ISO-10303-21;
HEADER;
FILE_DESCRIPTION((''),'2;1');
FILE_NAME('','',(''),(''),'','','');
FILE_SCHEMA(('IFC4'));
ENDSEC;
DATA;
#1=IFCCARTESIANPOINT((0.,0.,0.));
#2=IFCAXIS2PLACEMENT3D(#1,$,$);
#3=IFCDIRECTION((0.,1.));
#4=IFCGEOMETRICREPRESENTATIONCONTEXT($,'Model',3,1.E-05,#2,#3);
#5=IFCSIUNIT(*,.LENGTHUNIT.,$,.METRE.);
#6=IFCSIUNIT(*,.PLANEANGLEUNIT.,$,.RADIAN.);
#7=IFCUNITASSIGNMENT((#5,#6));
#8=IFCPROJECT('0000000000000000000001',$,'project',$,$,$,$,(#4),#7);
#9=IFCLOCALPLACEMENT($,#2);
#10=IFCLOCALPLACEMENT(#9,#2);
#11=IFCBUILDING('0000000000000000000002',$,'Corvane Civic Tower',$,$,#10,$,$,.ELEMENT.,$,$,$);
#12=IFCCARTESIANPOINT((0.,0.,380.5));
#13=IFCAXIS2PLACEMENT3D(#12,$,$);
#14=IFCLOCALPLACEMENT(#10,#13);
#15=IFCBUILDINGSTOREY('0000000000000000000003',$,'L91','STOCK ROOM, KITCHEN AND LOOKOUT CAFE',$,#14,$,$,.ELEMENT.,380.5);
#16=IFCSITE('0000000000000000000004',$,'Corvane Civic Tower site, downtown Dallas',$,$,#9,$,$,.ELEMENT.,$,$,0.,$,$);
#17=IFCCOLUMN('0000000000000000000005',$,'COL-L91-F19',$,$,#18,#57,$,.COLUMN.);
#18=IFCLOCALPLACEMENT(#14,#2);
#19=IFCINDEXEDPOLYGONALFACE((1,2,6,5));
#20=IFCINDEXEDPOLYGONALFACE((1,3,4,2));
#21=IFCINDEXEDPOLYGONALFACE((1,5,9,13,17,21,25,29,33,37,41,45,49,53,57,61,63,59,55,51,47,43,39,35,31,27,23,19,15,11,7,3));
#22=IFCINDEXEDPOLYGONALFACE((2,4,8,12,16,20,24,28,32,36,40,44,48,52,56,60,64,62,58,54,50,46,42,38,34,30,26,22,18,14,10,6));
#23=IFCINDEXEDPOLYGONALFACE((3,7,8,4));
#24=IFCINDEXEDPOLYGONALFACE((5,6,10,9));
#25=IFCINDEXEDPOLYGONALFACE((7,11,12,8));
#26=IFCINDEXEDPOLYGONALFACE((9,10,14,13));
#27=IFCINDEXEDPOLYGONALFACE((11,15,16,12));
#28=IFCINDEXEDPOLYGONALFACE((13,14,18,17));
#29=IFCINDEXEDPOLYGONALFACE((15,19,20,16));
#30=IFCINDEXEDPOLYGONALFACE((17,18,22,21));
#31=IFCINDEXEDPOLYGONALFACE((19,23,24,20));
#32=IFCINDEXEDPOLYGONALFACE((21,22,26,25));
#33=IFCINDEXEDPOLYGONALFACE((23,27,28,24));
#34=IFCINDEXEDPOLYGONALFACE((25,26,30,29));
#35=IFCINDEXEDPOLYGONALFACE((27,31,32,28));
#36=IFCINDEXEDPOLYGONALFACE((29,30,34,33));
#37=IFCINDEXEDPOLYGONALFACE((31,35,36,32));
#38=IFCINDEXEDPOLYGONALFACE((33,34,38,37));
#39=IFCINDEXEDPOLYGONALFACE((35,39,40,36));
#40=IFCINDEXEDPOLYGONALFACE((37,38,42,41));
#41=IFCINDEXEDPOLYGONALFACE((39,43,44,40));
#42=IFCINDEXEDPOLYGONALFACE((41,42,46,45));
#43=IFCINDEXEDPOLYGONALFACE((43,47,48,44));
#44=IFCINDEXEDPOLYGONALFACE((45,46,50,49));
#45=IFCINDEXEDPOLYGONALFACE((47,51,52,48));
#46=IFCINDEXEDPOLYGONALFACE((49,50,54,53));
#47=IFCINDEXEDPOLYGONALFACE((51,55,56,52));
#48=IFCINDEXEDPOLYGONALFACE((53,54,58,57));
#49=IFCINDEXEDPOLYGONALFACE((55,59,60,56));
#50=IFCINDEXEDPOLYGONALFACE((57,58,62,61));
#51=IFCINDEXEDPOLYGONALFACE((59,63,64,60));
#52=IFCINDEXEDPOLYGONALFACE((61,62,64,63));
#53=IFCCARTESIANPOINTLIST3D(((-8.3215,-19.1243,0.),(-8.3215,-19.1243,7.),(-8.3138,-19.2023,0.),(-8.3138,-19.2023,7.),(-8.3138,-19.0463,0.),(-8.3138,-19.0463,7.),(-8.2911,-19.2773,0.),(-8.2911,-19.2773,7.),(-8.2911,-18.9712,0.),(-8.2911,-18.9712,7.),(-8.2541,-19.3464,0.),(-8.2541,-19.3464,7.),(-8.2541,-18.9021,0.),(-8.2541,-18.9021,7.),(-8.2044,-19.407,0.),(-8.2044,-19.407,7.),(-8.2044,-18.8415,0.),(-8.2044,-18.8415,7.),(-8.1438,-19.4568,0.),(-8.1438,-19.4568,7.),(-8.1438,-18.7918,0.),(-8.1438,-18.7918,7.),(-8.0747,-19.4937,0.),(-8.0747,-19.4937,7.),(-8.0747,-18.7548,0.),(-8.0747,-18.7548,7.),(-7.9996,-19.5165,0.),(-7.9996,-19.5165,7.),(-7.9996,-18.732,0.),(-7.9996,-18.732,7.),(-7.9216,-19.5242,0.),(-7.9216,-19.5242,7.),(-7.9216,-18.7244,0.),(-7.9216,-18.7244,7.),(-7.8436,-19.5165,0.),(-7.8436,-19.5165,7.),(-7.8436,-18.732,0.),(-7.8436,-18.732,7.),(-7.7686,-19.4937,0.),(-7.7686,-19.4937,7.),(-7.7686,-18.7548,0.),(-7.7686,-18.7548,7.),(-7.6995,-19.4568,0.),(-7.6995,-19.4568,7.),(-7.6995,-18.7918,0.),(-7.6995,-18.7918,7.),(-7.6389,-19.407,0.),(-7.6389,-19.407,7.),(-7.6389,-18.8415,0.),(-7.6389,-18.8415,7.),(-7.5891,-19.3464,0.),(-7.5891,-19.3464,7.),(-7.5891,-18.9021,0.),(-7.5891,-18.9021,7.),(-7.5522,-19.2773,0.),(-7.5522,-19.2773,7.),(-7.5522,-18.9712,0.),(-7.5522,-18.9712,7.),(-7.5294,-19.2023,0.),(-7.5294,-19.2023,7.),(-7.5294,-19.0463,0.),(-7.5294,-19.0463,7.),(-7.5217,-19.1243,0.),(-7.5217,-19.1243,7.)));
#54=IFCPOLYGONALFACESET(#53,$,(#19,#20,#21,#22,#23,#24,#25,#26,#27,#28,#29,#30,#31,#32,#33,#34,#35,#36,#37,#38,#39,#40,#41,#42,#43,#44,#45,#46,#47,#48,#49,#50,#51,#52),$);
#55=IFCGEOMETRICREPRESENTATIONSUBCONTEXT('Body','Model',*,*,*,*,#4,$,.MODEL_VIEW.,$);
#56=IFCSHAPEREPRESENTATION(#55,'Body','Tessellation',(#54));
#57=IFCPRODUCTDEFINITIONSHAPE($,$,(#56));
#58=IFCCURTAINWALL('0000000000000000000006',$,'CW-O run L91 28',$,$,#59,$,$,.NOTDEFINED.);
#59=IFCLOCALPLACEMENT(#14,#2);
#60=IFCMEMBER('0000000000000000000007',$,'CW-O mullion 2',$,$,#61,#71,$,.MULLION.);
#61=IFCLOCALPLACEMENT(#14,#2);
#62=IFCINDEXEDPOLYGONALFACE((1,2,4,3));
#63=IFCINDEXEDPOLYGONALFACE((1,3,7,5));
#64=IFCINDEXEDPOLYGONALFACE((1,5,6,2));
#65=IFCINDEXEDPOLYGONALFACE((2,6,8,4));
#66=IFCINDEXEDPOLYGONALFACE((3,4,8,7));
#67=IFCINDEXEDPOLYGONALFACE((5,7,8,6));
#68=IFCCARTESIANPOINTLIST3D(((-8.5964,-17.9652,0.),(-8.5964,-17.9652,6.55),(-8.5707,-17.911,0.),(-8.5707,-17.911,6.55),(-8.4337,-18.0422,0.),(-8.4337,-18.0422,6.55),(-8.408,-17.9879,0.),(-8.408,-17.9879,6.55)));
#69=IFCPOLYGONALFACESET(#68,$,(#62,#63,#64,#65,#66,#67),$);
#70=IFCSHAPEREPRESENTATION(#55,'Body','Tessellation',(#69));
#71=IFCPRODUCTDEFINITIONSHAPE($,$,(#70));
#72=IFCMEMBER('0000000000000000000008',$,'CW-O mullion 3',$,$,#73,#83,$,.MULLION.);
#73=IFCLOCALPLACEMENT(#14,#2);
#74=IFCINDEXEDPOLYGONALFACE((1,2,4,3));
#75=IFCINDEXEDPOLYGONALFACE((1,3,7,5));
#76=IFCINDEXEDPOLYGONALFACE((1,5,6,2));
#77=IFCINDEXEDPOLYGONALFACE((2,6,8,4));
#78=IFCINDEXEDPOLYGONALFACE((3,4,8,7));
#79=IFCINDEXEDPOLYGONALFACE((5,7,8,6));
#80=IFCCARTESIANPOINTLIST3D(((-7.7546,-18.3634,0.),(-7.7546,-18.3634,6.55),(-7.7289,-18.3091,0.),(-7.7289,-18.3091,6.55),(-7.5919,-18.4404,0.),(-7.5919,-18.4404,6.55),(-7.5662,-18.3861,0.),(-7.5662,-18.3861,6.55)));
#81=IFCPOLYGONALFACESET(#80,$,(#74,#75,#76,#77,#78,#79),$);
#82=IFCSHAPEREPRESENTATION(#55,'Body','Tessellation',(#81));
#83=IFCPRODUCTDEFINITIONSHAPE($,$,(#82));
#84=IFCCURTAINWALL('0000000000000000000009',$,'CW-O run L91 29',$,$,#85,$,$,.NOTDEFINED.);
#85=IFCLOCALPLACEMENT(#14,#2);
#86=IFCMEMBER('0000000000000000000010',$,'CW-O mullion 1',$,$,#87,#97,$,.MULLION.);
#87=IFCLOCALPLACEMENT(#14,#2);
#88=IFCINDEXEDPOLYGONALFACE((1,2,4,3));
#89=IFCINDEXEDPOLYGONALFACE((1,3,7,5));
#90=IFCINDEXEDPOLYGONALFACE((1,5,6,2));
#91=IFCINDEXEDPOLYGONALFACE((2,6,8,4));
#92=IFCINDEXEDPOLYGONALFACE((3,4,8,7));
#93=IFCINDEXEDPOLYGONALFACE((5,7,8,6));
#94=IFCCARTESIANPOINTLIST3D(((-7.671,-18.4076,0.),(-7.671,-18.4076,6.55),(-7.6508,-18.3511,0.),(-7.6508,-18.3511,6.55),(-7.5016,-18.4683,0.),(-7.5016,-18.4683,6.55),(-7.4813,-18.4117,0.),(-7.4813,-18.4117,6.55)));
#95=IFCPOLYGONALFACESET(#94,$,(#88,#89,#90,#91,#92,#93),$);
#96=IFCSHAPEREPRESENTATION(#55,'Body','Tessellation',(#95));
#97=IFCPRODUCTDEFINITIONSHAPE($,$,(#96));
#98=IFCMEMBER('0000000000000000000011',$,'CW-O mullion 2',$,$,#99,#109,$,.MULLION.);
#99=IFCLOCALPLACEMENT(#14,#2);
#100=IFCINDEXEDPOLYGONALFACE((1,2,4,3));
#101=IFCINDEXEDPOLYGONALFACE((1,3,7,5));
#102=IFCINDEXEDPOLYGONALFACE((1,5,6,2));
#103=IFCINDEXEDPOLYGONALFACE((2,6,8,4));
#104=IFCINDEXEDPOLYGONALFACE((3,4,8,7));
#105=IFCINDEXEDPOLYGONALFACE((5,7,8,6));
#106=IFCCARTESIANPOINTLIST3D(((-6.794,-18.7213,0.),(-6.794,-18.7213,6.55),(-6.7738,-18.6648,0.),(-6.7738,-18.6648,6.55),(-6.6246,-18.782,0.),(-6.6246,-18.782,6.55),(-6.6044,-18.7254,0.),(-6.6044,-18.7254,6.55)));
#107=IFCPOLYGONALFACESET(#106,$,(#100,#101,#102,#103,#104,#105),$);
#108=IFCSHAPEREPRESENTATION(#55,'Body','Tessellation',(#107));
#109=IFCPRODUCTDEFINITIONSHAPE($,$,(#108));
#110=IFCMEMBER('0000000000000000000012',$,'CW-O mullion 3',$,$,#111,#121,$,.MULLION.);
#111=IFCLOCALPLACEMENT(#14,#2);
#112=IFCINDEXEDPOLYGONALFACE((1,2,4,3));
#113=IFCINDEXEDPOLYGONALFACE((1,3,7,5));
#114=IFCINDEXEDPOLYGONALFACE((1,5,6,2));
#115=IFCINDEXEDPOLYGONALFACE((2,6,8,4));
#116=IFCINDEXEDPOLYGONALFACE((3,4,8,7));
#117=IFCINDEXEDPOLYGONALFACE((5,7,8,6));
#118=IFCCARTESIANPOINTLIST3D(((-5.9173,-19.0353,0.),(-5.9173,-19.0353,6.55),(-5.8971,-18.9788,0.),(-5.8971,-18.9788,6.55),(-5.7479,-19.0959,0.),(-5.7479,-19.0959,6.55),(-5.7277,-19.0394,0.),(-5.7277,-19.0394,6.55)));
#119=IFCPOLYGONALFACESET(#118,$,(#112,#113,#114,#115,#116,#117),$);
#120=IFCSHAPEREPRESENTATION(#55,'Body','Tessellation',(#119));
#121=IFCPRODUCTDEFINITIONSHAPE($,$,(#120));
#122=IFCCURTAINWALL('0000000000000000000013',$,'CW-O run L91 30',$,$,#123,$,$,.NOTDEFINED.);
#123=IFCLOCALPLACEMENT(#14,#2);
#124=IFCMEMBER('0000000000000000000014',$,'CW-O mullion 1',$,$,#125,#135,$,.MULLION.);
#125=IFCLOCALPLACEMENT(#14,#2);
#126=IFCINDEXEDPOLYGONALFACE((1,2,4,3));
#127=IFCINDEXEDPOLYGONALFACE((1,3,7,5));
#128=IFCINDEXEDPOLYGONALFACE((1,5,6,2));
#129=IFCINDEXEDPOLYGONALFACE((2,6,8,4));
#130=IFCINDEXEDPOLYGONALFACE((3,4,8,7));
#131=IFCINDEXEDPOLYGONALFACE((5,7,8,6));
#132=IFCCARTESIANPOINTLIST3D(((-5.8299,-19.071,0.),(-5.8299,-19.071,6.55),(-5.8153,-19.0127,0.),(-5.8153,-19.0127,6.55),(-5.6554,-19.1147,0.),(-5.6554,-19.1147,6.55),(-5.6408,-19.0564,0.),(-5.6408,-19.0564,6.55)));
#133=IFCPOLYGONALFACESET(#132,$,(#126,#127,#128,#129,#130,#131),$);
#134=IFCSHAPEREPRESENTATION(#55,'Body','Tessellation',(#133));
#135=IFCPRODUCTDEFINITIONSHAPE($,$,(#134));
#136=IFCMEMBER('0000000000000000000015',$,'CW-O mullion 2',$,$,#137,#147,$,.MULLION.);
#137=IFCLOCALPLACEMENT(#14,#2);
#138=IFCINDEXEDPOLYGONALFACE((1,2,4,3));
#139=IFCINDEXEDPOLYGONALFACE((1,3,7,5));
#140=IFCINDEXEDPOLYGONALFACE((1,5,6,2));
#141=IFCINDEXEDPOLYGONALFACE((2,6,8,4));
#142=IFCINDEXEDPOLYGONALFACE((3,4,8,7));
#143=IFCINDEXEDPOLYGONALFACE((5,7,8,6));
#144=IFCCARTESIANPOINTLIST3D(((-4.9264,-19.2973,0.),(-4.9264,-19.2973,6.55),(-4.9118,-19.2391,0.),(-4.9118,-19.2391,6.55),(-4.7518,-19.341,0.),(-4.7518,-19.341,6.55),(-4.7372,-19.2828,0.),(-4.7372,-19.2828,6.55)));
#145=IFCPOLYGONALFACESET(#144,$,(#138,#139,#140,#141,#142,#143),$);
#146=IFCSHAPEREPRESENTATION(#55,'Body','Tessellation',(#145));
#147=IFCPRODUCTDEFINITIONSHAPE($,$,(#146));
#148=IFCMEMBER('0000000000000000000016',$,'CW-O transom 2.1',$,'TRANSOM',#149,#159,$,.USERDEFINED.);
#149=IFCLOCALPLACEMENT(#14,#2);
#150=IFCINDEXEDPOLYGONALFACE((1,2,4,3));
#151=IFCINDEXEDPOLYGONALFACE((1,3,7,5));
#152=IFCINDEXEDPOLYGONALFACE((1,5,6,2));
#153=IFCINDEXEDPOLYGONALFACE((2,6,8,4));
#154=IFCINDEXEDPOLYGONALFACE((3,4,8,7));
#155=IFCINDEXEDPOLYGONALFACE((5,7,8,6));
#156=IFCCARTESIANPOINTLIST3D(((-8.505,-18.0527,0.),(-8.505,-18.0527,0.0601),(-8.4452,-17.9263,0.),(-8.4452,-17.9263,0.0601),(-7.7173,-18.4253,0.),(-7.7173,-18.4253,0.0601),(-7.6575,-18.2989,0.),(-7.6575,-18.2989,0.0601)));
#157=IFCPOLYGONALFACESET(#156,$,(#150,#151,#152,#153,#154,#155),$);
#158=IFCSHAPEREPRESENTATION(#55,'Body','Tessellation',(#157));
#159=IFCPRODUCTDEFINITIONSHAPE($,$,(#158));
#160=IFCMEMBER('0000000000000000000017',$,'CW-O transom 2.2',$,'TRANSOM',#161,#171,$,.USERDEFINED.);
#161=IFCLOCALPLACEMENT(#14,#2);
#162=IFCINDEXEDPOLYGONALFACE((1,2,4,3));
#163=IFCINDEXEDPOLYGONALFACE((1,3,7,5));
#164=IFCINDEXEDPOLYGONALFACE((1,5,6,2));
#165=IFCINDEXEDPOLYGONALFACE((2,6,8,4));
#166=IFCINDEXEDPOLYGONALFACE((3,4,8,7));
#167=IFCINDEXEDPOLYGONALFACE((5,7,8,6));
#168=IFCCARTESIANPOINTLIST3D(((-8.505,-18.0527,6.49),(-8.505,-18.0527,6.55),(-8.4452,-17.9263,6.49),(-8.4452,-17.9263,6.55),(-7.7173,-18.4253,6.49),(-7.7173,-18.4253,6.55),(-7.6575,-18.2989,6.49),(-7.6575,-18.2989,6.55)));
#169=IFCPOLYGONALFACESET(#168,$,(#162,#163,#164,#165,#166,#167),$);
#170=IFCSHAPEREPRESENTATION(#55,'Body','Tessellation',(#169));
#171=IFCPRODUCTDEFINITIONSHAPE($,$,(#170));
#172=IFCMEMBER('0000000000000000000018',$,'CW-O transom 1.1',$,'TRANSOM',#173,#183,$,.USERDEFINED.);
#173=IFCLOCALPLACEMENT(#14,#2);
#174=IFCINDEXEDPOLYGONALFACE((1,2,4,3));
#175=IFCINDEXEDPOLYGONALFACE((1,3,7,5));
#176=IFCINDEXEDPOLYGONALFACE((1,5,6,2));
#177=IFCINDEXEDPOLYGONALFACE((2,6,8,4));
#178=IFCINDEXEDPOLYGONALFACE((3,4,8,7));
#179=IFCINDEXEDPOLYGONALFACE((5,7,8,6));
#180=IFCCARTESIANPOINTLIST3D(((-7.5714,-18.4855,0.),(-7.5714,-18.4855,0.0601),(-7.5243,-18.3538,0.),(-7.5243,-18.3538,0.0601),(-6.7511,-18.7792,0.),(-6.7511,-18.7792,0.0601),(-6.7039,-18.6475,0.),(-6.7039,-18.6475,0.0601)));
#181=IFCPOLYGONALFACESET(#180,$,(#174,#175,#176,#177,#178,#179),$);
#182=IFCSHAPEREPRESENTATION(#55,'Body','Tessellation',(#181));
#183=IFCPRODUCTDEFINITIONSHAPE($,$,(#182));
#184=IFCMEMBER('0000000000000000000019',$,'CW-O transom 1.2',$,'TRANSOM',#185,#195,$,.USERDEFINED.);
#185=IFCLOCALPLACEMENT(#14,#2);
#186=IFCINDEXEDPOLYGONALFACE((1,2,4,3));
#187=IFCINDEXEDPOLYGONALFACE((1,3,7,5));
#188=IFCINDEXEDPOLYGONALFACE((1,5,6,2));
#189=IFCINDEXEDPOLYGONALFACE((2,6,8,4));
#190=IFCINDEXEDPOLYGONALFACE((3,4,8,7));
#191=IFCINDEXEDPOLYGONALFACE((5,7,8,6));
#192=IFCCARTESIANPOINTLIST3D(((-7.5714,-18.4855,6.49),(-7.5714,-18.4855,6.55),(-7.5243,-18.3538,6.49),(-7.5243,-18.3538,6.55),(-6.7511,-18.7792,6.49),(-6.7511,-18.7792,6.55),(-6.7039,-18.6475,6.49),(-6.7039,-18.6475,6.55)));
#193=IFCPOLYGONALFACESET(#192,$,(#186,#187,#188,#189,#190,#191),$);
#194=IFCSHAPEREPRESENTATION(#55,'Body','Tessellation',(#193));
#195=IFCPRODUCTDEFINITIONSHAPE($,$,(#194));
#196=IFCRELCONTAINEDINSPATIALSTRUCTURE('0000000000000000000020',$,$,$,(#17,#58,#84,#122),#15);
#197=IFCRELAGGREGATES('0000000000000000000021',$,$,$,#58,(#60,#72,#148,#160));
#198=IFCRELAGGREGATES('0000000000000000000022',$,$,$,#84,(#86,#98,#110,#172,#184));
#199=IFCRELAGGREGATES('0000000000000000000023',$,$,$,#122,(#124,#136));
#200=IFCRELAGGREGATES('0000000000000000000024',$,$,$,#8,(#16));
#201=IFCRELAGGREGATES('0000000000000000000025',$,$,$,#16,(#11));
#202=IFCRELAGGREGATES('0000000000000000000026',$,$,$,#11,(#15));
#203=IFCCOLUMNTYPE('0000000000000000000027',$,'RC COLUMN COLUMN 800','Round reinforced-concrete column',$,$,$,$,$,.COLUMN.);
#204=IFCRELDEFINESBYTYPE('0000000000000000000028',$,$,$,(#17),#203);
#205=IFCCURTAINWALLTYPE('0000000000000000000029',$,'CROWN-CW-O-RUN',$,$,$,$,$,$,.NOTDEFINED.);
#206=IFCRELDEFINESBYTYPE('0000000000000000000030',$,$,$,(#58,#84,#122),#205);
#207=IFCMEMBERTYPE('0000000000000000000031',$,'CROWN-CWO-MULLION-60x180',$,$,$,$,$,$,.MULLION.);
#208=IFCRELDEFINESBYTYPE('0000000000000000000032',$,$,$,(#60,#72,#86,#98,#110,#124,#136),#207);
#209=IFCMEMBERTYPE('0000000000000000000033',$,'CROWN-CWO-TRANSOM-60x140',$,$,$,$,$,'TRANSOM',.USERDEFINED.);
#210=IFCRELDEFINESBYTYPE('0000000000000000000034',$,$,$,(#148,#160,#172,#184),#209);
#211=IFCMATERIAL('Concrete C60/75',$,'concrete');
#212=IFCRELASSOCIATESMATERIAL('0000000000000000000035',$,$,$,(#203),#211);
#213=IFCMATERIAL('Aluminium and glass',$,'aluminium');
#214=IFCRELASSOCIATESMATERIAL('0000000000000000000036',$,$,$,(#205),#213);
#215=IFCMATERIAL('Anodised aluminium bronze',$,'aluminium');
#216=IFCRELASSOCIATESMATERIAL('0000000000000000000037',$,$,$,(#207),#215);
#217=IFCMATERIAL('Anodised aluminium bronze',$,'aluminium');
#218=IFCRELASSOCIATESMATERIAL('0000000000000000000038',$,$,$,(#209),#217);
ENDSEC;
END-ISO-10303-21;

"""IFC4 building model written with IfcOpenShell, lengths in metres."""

from ifc_helpers import new_model, si_unit, direction, frame, origin, origin_2d, place, context, subcontext, project, spatial, rectangle, circle, extrude, material, material_profile, profile_set, type_object, element, aggregate, save


model = new_model("IFC4")

# Units and contexts
model_context = context("Model", 3, precision=1e-05, world=origin(), true_north=direction((0.0, 1.0)))
body_context = subcontext(model_context, "Body", "Model", "MODEL_VIEW")
ifc_project = project(units=[si_unit("LENGTHUNIT", "METRE"), si_unit("PLANEANGLEUNIT", "RADIAN")], contexts=[model_context])

# Site, building, storey
site_placement = place(None, origin())
site = spatial("IfcSite", under=ifc_project, at=site_placement, Name="Corvane Civic Tower site, downtown Dallas", CompositionType="ELEMENT", RefElevation=0.0)
building_placement = place(site_placement, origin())
building = spatial("IfcBuilding", under=site, at=building_placement, Name="Corvane Civic Tower", CompositionType="ELEMENT")
storey_placement = place(building_placement, frame((0.0, 0.0, 380.5)))
storey = spatial("IfcBuildingStorey", under=building, at=storey_placement, Name="L91", Description="STOCK ROOM, KITCHEN AND LOOKOUT CAFE", CompositionType="ELEMENT", Elevation=380.5)

# Column
ifc_material_1 = material(Name="Concrete C60/75", Category="concrete")
ifc_material_profile_1 = material_profile(ifc_material_1, circle(Radius=0.3999, at=origin_2d()), Name="COLUMN 800")
ifc_profile_set_1 = profile_set([ifc_material_profile_1], Name="Concrete C60/75")
column_type = type_object("IfcColumnType", Name="RC COLUMN COLUMN 800", Description="Round reinforced-concrete column", PredefinedType="COLUMN", material=ifc_profile_set_1)
column_placement = place(storey_placement, frame((-7.9216, -19.1243, 0.0), z_axis=(0.0, 0.0, 1.0), x_axis=(1.0, 0.0, 0.0)))
element("IfcColumn", 1, at=column_placement, inside=storey, type_object=column_type, Name="COL-L91-F19", PredefinedType="COLUMN", context=body_context, shape_type="SweptSolid", body=[
    extrude(circle(Radius=0.3999, at=origin_2d()), origin(), (0.0, 0.0, 1.0), 7.0),
])

# Curtain walls, members
ifc_material_2 = material(Name="Aluminium and glass", Category="aluminium")
curtain_wall_type = type_object("IfcCurtainWallType", Name="CROWN-CW-O-RUN", PredefinedType="NOTDEFINED", material=ifc_material_2)
curtain_wall_1_placement = place(storey_placement, origin())
curtain_wall_1 = element("IfcCurtainWall", 2, at=curtain_wall_1_placement, inside=storey, type_object=curtain_wall_type, Name="CW-O run L91 28", PredefinedType="NOTDEFINED")
ifc_material_3 = material(Name="Anodised aluminium bronze", Category="aluminium")
ifc_material_profile_2 = material_profile(ifc_material_3, rectangle(XDim=0.0601, YDim=0.1799, at=origin_2d()), Name="AL 60x180")
ifc_profile_set_2 = profile_set([ifc_material_profile_2], Name="Anodised aluminium bronze")
member_type_1 = type_object("IfcMemberType", Name="CROWN-CWO-MULLION-60x180", PredefinedType="MULLION", material=ifc_profile_set_2)
member_1_placement = place(storey_placement, frame((-8.5022, -17.9766, 0.0), z_axis=(0.0, 0.0, 1.0), x_axis=(0.427509, 0.904011, 0.0)))
member_1 = element("IfcMember", 3, at=member_1_placement, type_object=member_type_1, Name="CW-O mullion 2", PredefinedType="MULLION", context=body_context, shape_type="SweptSolid", body=[
    extrude(rectangle(XDim=0.0601, YDim=0.1799, at=origin_2d()), origin(), (0.0, 0.0, 1.0), 6.55),
])
member_2_placement = place(storey_placement, frame((-7.6604, -18.3748, 0.0), z_axis=(0.0, 0.0, 1.0), x_axis=(0.427509, 0.904011, 0.0)))
member_2 = element("IfcMember", 4, at=member_2_placement, type_object=member_type_1, Name="CW-O mullion 3", PredefinedType="MULLION", context=body_context, shape_type="SweptSolid", body=[
    extrude(rectangle(XDim=0.0601, YDim=0.1799, at=origin_2d()), origin(), (0.0, 0.0, 1.0), 6.55),
])
curtain_wall_2_placement = place(storey_placement, origin())
curtain_wall_2 = element("IfcCurtainWall", 5, at=curtain_wall_2_placement, inside=storey, type_object=curtain_wall_type, Name="CW-O run L91 29", PredefinedType="NOTDEFINED")
member_3_placement = place(storey_placement, frame((-7.5762, -18.4097, 0.0), z_axis=(0.0, 0.0, 1.0), x_axis=(0.336982, 0.941511, 0.0)))
member_3 = element("IfcMember", 6, at=member_3_placement, type_object=member_type_1, Name="CW-O mullion 1", PredefinedType="MULLION", context=body_context, shape_type="SweptSolid", body=[
    extrude(rectangle(XDim=0.0601, YDim=0.1799, at=origin_2d()), origin(), (0.0, 0.0, 1.0), 6.55),
])
member_4_placement = place(storey_placement, frame((-6.6992, -18.7234, 0.0), z_axis=(0.0, 0.0, 1.0), x_axis=(0.336982, 0.941511, 0.0)))
member_4 = element("IfcMember", 7, at=member_4_placement, type_object=member_type_1, Name="CW-O mullion 2", PredefinedType="MULLION", context=body_context, shape_type="SweptSolid", body=[
    extrude(rectangle(XDim=0.0601, YDim=0.1799, at=origin_2d()), origin(), (0.0, 0.0, 1.0), 6.55),
])
member_5_placement = place(storey_placement, frame((-5.8225, -19.0374, 0.0), z_axis=(0.0, 0.0, 1.0), x_axis=(0.336982, 0.941511, 0.0)))
member_5 = element("IfcMember", 8, at=member_5_placement, type_object=member_type_1, Name="CW-O mullion 3", PredefinedType="MULLION", context=body_context, shape_type="SweptSolid", body=[
    extrude(rectangle(XDim=0.0601, YDim=0.1799, at=origin_2d()), origin(), (0.0, 0.0, 1.0), 6.55),
])
curtain_wall_3_placement = place(storey_placement, origin())
curtain_wall_3 = element("IfcCurtainWall", 9, at=curtain_wall_3_placement, inside=storey, type_object=curtain_wall_type, Name="CW-O run L91 30", PredefinedType="NOTDEFINED")
member_6_placement = place(storey_placement, frame((-5.7354, -19.0637, 0.0), z_axis=(0.0, 0.0, 1.0), x_axis=(0.242952, 0.970038, 0.0)))
member_6 = element("IfcMember", 10, at=member_6_placement, type_object=member_type_1, Name="CW-O mullion 1", PredefinedType="MULLION", context=body_context, shape_type="SweptSolid", body=[
    extrude(rectangle(XDim=0.0601, YDim=0.1799, at=origin_2d()), origin(), (0.0, 0.0, 1.0), 6.55),
])
member_7_placement = place(storey_placement, frame((-4.8318, -19.29, 0.0), z_axis=(0.0, 0.0, 1.0), x_axis=(0.242952, 0.970038, 0.0)))
member_7 = element("IfcMember", 11, at=member_7_placement, type_object=member_type_1, Name="CW-O mullion 2", PredefinedType="MULLION", context=body_context, shape_type="SweptSolid", body=[
    extrude(rectangle(XDim=0.0601, YDim=0.1799, at=origin_2d()), origin(), (0.0, 0.0, 1.0), 6.55),
])

# Members
ifc_material_4 = material(Name="Anodised aluminium bronze", Category="aluminium")
ifc_material_profile_3 = material_profile(ifc_material_4, rectangle(XDim=0.1399, YDim=0.0601, at=origin_2d()), Name="AL 140x60")
ifc_profile_set_3 = profile_set([ifc_material_profile_3], Name="Anodised aluminium bronze")
member_type_2 = type_object("IfcMemberType", Name="CROWN-CWO-TRANSOM-60x140", ElementType="TRANSOM", PredefinedType="USERDEFINED", material=ifc_profile_set_3)
member_8_placement = place(storey_placement, frame((-8.4751, -17.9895, 0.03), z_axis=(0.903966, -0.427604, 0.0), x_axis=(0.427604, 0.903966, 0.0)))
member_8 = element("IfcMember", 12, at=member_8_placement, type_object=member_type_2, Name="CW-O transom 2.1", ObjectType="TRANSOM", PredefinedType="USERDEFINED", context=body_context, shape_type="SweptSolid", body=[
    extrude(rectangle(XDim=0.1399, YDim=0.0601, at=origin_2d()), origin(), (0.0, 0.0, 1.0), 0.8713),
])
member_9_placement = place(storey_placement, frame((-8.4751, -17.9895, 6.52), z_axis=(0.903966, -0.427604, 0.0), x_axis=(0.427604, 0.903966, 0.0)))
member_9 = element("IfcMember", 13, at=member_9_placement, type_object=member_type_2, Name="CW-O transom 2.2", ObjectType="TRANSOM", PredefinedType="USERDEFINED", context=body_context, shape_type="SweptSolid", body=[
    extrude(rectangle(XDim=0.1399, YDim=0.0601, at=origin_2d()), origin(), (0.0, 0.0, 1.0), 0.8713),
])
member_10_placement = place(storey_placement, frame((-7.5479, -18.4197, 0.03), z_axis=(0.941475, -0.337082, 0.0), x_axis=(0.337082, 0.941475, 0.0)))
member_10 = element("IfcMember", 14, at=member_10_placement, type_object=member_type_2, Name="CW-O transom 1.1", ObjectType="TRANSOM", PredefinedType="USERDEFINED", context=body_context, shape_type="SweptSolid", body=[
    extrude(rectangle(XDim=0.1399, YDim=0.0601, at=origin_2d()), origin(), (0.0, 0.0, 1.0), 0.8713),
])
member_11_placement = place(storey_placement, frame((-7.5479, -18.4197, 6.52), z_axis=(0.941475, -0.337082, 0.0), x_axis=(0.337082, 0.941475, 0.0)))
member_11 = element("IfcMember", 15, at=member_11_placement, type_object=member_type_2, Name="CW-O transom 1.2", ObjectType="TRANSOM", PredefinedType="USERDEFINED", context=body_context, shape_type="SweptSolid", body=[
    extrude(rectangle(XDim=0.1399, YDim=0.0601, at=origin_2d()), origin(), (0.0, 0.0, 1.0), 0.8713),
])

aggregate(curtain_wall_1, [member_1, member_2, member_8, member_9])
aggregate(curtain_wall_2, [member_3, member_4, member_5, member_10, member_11])
aggregate(curtain_wall_3, [member_6, member_7])

save(model, "model.ifc")
